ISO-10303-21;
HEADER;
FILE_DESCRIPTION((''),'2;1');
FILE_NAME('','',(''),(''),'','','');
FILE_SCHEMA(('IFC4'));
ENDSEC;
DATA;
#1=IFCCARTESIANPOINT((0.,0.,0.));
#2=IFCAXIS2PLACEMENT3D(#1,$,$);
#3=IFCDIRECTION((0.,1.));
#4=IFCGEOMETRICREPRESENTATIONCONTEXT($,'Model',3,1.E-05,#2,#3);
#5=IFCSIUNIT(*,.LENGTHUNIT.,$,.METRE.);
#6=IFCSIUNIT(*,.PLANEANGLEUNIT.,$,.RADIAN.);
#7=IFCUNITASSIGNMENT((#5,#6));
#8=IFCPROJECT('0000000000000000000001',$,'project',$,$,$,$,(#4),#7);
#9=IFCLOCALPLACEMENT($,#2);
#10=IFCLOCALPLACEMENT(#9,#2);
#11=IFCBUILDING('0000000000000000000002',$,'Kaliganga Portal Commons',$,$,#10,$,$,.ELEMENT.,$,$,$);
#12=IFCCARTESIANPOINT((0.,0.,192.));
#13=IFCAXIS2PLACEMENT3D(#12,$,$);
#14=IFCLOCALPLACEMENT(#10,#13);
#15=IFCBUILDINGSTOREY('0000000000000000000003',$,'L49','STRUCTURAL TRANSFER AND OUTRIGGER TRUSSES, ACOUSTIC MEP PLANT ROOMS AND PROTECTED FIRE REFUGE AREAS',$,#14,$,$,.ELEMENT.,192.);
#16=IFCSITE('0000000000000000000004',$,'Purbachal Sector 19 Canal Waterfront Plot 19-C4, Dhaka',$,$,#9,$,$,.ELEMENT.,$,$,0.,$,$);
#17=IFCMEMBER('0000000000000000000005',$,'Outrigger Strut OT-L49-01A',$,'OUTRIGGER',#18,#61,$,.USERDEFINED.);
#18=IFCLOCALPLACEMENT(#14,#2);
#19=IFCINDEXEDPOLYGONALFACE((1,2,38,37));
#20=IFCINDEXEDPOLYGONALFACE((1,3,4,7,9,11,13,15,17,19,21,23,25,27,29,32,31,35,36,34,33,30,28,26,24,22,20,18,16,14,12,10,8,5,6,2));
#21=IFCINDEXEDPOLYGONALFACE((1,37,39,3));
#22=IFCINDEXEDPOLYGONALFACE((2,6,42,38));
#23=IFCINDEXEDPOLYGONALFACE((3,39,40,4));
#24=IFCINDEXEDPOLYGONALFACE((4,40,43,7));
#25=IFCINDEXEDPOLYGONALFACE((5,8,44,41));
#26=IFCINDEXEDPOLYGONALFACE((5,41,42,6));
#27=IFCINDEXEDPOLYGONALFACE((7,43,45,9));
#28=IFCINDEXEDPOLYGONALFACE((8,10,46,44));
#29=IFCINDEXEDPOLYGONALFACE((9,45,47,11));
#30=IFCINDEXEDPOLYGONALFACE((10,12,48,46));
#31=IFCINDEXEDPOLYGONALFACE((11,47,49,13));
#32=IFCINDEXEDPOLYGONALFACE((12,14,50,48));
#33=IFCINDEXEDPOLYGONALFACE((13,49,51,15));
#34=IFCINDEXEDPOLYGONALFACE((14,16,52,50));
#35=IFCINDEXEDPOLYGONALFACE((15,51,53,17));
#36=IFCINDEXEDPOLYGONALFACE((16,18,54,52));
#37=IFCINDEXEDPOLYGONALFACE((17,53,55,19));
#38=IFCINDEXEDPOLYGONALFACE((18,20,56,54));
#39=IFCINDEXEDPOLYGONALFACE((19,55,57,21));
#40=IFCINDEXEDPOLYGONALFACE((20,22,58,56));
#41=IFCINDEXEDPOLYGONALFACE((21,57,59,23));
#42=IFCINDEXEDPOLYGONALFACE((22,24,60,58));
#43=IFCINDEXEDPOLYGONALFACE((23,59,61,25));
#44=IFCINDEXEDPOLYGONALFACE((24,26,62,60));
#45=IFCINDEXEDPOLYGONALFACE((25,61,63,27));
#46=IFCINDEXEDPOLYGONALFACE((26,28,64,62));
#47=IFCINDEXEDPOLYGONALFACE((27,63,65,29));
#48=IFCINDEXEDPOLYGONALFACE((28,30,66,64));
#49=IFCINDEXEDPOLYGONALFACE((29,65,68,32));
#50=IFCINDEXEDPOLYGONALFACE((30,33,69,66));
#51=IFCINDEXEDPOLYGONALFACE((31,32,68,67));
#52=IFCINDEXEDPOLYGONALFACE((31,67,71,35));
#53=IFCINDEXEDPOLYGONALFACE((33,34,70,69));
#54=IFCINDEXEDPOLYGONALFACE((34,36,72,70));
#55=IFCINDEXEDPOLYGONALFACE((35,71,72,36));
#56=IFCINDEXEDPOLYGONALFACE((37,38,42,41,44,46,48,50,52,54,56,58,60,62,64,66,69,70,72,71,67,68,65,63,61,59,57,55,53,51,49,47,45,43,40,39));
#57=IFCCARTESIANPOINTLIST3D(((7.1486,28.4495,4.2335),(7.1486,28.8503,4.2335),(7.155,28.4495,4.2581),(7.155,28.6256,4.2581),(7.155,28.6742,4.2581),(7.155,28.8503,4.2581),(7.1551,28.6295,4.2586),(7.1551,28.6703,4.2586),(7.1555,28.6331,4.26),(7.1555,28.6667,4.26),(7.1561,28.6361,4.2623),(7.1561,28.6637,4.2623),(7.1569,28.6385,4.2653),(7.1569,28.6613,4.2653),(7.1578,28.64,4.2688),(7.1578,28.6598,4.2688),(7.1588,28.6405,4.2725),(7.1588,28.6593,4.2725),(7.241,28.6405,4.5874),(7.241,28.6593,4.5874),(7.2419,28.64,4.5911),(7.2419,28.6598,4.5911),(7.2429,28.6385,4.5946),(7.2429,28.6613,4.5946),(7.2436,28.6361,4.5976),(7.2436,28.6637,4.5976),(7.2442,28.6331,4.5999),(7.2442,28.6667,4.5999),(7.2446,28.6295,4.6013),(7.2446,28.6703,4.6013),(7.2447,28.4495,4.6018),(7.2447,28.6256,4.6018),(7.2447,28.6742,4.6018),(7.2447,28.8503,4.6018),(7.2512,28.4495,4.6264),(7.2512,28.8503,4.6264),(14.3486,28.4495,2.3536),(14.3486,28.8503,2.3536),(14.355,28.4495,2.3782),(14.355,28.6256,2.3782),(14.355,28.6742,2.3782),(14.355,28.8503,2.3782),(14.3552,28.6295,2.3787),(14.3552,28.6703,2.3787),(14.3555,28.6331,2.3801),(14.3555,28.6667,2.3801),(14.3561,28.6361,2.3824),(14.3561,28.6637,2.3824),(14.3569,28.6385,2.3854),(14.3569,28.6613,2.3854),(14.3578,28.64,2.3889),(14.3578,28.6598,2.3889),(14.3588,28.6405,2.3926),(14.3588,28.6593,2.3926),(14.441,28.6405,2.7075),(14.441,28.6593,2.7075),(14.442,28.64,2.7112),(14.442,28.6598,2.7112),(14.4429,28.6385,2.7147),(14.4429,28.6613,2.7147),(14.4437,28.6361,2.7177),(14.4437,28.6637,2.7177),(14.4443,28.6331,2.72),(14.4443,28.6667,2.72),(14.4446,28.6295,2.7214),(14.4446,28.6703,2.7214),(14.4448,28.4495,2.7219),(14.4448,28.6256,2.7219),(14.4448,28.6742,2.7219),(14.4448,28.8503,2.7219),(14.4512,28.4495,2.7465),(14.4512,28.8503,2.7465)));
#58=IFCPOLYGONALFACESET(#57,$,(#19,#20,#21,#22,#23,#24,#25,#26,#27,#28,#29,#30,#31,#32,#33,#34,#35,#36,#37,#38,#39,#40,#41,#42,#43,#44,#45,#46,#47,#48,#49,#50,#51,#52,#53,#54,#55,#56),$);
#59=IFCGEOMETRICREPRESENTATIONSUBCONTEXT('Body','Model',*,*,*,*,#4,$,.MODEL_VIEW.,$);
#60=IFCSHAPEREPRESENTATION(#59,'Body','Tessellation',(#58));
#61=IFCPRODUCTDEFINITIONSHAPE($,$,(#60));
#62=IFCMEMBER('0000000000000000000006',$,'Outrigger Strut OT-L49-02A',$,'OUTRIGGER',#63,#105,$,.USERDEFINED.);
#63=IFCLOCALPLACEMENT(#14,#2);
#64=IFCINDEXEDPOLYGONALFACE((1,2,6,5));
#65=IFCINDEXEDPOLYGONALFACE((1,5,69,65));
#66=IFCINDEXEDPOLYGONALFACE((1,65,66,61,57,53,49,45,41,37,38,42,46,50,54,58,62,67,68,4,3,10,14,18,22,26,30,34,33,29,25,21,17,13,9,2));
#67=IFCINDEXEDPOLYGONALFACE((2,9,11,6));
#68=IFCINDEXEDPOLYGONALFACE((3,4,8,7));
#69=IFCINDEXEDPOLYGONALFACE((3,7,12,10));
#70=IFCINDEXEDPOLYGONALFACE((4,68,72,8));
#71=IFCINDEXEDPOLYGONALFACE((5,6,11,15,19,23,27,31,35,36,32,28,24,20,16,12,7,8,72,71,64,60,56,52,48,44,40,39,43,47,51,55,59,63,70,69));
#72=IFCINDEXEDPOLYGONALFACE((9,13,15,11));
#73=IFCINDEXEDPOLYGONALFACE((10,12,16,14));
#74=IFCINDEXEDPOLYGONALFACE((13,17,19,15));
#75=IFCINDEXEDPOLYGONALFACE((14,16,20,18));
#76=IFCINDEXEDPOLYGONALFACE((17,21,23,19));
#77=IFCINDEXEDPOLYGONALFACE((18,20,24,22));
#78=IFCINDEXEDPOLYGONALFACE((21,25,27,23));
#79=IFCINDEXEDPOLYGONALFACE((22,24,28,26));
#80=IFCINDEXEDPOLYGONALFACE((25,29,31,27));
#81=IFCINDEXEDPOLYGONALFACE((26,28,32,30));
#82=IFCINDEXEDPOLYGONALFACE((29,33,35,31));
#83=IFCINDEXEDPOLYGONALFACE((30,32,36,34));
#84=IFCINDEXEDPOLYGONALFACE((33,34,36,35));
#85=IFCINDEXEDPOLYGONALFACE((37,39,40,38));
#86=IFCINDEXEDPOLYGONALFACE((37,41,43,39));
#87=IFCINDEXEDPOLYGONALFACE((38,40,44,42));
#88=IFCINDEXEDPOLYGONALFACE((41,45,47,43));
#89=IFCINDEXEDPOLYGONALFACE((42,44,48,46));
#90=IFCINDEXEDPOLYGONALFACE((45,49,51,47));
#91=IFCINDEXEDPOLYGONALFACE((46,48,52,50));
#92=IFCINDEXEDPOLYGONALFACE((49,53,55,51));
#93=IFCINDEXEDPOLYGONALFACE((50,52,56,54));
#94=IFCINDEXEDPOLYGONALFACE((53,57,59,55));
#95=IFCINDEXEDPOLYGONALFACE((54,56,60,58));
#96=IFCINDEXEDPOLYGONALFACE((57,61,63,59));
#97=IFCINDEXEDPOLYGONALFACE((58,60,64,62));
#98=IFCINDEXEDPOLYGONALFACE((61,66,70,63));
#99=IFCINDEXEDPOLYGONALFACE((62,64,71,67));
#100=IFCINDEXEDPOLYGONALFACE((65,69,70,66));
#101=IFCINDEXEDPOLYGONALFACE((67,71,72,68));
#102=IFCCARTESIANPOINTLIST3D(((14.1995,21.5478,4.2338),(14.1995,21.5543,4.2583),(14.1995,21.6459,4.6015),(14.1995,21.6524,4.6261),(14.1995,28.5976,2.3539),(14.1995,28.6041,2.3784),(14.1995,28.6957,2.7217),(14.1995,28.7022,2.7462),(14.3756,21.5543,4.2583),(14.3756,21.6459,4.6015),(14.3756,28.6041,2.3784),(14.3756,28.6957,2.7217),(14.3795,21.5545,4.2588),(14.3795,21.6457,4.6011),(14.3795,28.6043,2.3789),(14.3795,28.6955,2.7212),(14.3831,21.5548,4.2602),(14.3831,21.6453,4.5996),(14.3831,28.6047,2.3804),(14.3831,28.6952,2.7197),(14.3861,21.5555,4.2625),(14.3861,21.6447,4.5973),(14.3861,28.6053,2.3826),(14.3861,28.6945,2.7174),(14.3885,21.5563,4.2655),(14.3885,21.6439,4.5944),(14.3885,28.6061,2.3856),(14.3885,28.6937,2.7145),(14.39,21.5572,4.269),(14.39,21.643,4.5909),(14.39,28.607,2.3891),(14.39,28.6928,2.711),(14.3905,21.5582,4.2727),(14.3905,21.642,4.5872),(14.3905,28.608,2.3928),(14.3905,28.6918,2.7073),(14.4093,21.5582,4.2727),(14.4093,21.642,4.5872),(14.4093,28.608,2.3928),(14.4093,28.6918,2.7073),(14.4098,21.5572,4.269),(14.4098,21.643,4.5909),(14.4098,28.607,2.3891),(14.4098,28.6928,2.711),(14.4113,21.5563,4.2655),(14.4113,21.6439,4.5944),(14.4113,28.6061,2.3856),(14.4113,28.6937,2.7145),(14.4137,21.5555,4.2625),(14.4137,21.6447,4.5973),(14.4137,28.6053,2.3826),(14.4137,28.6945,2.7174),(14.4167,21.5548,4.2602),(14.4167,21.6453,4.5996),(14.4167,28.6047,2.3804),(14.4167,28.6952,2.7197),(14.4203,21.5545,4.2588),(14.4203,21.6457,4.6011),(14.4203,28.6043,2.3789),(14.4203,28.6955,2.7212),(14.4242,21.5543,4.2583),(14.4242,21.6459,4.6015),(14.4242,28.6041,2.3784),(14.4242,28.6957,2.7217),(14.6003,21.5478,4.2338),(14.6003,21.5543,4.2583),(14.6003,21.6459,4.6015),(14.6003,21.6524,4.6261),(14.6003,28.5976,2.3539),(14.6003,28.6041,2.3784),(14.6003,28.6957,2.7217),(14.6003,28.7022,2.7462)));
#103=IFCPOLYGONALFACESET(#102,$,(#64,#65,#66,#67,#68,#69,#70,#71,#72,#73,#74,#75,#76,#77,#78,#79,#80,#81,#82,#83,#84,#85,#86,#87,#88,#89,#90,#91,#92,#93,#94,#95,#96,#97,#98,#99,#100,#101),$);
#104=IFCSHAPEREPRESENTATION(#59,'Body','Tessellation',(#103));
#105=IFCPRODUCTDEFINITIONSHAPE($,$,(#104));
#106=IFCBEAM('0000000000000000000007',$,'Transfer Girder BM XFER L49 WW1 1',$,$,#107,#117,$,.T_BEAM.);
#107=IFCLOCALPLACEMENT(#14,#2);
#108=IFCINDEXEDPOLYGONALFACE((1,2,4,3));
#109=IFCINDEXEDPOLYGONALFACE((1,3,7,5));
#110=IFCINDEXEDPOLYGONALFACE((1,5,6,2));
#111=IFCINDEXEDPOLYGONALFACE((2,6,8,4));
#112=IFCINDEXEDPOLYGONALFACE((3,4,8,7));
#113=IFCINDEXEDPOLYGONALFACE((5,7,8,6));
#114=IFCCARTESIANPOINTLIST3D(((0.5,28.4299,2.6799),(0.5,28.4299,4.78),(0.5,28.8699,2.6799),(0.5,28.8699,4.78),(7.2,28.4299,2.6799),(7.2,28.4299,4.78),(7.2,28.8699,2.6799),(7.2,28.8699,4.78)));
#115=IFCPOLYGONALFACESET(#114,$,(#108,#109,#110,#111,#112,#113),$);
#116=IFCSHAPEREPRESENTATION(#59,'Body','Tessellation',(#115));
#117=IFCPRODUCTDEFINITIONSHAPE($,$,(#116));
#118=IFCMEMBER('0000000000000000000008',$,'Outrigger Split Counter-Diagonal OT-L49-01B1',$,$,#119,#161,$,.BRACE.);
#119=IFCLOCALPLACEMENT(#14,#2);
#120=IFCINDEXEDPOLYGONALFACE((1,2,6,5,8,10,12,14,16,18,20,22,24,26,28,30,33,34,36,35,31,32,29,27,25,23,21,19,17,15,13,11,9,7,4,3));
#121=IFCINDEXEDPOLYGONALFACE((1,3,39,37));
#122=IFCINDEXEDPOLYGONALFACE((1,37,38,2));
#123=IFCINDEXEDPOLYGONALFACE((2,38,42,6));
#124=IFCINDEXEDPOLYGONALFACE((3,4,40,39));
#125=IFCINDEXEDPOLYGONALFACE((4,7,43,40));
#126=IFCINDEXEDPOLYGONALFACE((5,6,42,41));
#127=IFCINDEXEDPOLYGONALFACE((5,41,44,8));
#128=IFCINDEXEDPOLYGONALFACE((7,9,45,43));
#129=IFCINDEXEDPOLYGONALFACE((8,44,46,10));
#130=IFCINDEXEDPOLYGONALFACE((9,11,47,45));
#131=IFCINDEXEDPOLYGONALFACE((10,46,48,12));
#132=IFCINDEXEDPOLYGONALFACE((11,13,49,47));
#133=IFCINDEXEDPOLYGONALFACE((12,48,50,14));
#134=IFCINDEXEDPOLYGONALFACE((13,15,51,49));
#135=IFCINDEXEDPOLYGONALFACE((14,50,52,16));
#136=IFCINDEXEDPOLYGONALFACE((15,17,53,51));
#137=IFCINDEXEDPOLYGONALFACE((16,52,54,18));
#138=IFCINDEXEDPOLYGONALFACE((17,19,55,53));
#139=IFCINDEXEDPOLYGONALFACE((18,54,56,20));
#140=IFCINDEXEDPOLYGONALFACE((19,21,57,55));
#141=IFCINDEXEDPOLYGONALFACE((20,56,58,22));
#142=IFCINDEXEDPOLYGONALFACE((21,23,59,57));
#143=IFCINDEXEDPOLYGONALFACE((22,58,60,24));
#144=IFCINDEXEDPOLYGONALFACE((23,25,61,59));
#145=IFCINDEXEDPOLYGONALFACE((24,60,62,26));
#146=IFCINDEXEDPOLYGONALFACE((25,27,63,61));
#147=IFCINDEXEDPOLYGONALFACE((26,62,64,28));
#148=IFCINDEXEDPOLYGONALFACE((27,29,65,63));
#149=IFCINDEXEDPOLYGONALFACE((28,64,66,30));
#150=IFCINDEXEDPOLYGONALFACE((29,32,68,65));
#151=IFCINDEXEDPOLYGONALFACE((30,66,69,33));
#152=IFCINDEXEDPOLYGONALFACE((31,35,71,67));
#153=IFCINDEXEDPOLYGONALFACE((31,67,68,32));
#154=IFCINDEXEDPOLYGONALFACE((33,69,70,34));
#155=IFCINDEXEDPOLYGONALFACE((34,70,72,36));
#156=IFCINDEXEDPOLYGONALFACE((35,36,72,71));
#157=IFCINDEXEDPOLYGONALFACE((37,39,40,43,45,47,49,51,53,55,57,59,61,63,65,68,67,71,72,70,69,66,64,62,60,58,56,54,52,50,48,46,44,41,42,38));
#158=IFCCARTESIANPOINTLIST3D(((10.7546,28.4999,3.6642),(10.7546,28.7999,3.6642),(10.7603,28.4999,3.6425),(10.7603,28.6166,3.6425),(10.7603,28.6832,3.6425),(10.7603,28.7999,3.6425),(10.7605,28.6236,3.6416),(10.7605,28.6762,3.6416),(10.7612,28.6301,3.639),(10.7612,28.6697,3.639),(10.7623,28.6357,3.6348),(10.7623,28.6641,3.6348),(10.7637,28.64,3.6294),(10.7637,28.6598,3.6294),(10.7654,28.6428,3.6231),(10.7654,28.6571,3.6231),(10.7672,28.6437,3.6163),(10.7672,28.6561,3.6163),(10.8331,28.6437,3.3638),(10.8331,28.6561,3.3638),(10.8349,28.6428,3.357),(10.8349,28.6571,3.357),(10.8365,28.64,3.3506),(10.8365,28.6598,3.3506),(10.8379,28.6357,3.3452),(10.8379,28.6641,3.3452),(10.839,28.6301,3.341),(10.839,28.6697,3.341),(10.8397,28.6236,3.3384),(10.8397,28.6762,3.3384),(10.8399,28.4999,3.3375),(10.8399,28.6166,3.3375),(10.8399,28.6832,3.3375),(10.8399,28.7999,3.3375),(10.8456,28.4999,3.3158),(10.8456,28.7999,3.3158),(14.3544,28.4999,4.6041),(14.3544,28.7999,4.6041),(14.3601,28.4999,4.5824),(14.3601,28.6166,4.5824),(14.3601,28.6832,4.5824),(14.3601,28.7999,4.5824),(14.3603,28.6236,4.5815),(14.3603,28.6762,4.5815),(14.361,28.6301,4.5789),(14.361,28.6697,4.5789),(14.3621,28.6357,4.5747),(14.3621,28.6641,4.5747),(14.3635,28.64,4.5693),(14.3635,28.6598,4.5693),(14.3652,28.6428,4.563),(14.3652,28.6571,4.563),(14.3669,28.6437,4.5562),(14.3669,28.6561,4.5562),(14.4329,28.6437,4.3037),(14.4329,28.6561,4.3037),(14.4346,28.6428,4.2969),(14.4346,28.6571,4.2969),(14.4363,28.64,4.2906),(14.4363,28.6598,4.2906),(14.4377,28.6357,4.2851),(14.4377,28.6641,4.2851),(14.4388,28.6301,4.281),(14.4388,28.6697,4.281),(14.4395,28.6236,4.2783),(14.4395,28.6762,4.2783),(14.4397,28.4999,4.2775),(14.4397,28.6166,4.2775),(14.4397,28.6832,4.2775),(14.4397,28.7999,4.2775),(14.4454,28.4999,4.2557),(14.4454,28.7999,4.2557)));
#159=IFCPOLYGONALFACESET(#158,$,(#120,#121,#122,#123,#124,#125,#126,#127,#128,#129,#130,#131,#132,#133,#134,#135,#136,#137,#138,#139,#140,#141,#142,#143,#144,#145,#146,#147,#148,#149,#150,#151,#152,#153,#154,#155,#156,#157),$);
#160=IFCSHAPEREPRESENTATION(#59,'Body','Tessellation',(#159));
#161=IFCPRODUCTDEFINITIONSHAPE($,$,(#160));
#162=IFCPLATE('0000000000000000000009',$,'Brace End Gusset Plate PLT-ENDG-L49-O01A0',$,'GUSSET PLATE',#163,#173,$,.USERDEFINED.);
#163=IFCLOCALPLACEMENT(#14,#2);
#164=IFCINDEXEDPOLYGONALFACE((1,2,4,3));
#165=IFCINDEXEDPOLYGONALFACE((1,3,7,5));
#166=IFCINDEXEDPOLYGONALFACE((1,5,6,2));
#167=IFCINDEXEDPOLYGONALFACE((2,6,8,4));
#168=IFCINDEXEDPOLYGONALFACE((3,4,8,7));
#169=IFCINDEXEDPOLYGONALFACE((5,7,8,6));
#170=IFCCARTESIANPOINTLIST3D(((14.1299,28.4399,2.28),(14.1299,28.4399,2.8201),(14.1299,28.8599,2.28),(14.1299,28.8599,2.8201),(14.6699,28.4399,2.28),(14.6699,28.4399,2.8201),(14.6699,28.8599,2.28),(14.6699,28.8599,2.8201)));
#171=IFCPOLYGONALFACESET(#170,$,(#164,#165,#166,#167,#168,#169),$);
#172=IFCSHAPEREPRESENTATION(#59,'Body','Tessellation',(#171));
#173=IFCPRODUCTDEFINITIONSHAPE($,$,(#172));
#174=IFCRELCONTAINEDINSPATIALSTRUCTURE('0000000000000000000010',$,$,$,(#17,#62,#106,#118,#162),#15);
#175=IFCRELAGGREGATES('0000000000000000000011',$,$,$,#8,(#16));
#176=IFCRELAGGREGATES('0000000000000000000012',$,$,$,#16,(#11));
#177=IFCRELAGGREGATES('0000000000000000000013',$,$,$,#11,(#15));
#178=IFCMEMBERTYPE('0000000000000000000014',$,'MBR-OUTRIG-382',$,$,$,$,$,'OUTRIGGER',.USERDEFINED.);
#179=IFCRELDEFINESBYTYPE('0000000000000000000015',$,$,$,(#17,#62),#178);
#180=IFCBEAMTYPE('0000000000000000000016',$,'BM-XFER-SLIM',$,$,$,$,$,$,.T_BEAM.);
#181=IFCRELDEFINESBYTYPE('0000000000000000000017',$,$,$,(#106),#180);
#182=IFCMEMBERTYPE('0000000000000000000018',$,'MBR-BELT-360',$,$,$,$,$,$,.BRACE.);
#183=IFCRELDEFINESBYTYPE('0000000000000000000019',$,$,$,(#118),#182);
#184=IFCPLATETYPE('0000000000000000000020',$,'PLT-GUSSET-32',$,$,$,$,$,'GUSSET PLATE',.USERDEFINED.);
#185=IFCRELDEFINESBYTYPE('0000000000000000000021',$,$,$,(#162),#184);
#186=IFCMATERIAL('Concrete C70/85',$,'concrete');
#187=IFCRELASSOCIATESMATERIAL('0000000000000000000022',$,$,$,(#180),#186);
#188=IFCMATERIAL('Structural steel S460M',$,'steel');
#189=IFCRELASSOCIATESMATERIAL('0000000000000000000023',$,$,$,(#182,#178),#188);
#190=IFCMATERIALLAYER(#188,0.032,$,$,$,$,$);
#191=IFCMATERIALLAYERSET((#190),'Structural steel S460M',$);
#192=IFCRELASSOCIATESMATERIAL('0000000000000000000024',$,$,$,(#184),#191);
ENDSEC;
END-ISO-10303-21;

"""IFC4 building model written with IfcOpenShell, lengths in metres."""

from ifc_helpers import new_model, si_unit, direction, frame, origin, origin_2d, place, context, subcontext, project, spatial, rectangle, i_section, extrude, source, transform, mapped, material, layer, layer_set, material_profile, profile_set, type_object, element, save


model = new_model("IFC4")

# Units and contexts
model_context = context("Model", 3, precision=1e-05, world=origin(), true_north=direction((0.0, 1.0)))
body_context = subcontext(model_context, "Body", "Model", "MODEL_VIEW")
ifc_project = project(units=[si_unit("LENGTHUNIT", "METRE"), si_unit("PLANEANGLEUNIT", "RADIAN")], contexts=[model_context])

# Site, building, storey
site_placement = place(None, origin())
site = spatial("IfcSite", under=ifc_project, at=site_placement, Name="Purbachal Sector 19 Canal Waterfront Plot 19-C4, Dhaka", CompositionType="ELEMENT", RefElevation=0.0)
building_placement = place(site_placement, origin())
building = spatial("IfcBuilding", under=site, at=building_placement, Name="Kaliganga Portal Commons", CompositionType="ELEMENT")
storey_placement = place(building_placement, frame((0.0, 0.0, 192.0)))
storey = spatial("IfcBuildingStorey", under=building, at=storey_placement, Name="L49", Description="STRUCTURAL TRANSFER AND OUTRIGGER TRUSSES, ACOUSTIC MEP PLANT ROOMS AND PROTECTED FIRE REFUGE AREAS", CompositionType="ELEMENT", Elevation=192.0)

# Shared definitions
ifc_material_1 = material(Name="Structural steel S460M", Category="steel")

# Shared definitions
ifc_material_2 = material(Name="Concrete C70/85", Category="concrete")
ifc_material_profile_1 = material_profile(ifc_material_2, rectangle(XDim=0.4399, YDim=2.1001, at=origin_2d()), Name="RC 440x2100")
ifc_profile_set_1 = profile_set([ifc_material_profile_1], Name="Concrete C70/85")
beam_type_1 = type_object("IfcBeamType", Name="BM-XFER-SLIM", PredefinedType="T_BEAM", material=ifc_profile_set_1)

# Members
ifc_material_profile_2 = material_profile(ifc_material_1, i_section(OverallWidth=0.3, OverallDepth=0.3601, WebThickness=0.0125, FlangeThickness=0.0225, FilletRadius=0.0271, at=origin_2d()), Name="HE 360 B")
ifc_profile_set_2 = profile_set([ifc_material_profile_2], Name="Structural steel S460M wide-flange")
member_type_1 = type_object("IfcMemberType", Name="MBR-BELT-360", PredefinedType="BRACE", material=ifc_profile_set_2)
ifc_material_profile_3 = material_profile(ifc_material_1, i_section(OverallWidth=0.4009, OverallDepth=0.406, WebThickness=0.0188, FlangeThickness=0.0254, FilletRadius=0.0149, at=origin_2d()), Name="HD 400x314")
ifc_profile_set_3 = profile_set([ifc_material_profile_3], Name="Structural steel S460M wide-flange")
member_type_2 = type_object("IfcMemberType", Name="MBR-OUTRIG-382", ElementType="OUTRIGGER", PredefinedType="USERDEFINED", material=ifc_profile_set_3)
shared_shape_1 = source(origin(), body_context, "Body", "SweptSolid", [
    extrude(i_section(OverallWidth=0.4009, OverallDepth=0.406, WebThickness=0.0188, FlangeThickness=0.0254, FilletRadius=0.0149, at=origin_2d()), origin(), (0.0, 0.0, 1.0), 7.4414),
])
member_1_placement = place(storey_placement, frame((14.3999, 28.6499, 2.55), z_axis=(-0.967564, 0.0, 0.252628), x_axis=(0.0, -1.0, 0.0)))
element("IfcMember", 1, at=member_1_placement, inside=storey, type_object=member_type_2, Name="Outrigger Strut OT-L49-01A", ObjectType="OUTRIGGER", PredefinedType="USERDEFINED", context=body_context, shape_type="MappedRepresentation", body=[
    mapped(shared_shape_1, transform((0.0, 0.0, 0.0), x_axis=(1.0, 0.0, 0.0), y_axis=(0.0, 1.0, 0.0), z_axis=(0.0, 0.0, 1.0), scale=1.0)),
])
shared_shape_2 = source(origin(), body_context, "Body", "SweptSolid", [
    extrude(i_section(OverallWidth=0.4009, OverallDepth=0.406, WebThickness=0.0188, FlangeThickness=0.0254, FilletRadius=0.0149, at=origin_2d()), origin(), (0.0, 0.0, 1.0), 7.2961),
])
member_2_placement = place(storey_placement, frame((14.3999, 28.6499, 2.55), z_axis=(0.0, -0.966237, 0.257654), x_axis=(1.0, 0.0, 0.0)))
element("IfcMember", 2, at=member_2_placement, inside=storey, type_object=member_type_2, Name="Outrigger Strut OT-L49-02A", ObjectType="OUTRIGGER", PredefinedType="USERDEFINED", context=body_context, shape_type="MappedRepresentation", body=[
    mapped(shared_shape_2, transform((0.0, 0.0, 0.0), x_axis=(1.0, 0.0, 0.0), y_axis=(0.0, 1.0, 0.0), z_axis=(0.0, 0.0, 1.0), scale=1.0)),
])

# Beam
shared_shape_3 = source(origin(), body_context, "Body", "SweptSolid", [
    extrude(rectangle(XDim=0.4399, YDim=2.1001, at=origin_2d()), origin(), (0.0, 0.0, 1.0), 6.7),
])
beam_1_placement = place(storey_placement, frame((0.5, 28.6499, 3.73), z_axis=(1.0, 0.0, 0.0), x_axis=(0.0, 1.0, 0.0)))
element("IfcBeam", 3, at=beam_1_placement, inside=storey, type_object=beam_type_1, Name="Transfer Girder BM XFER L49 WW1 1", PredefinedType="T_BEAM", context=body_context, shape_type="MappedRepresentation", body=[
    mapped(shared_shape_3, transform((0.0, 0.0, 0.0), x_axis=(1.0, 0.0, 0.0), y_axis=(0.0, 1.0, 0.0), z_axis=(0.0, 0.0, 1.0), scale=1.0)),
])

# Member
shared_shape_4 = source(origin(), body_context, "Body", "SweptSolid", [
    extrude(i_section(OverallWidth=0.3, OverallDepth=0.3601, WebThickness=0.0125, FlangeThickness=0.0225, FilletRadius=0.0271, at=origin_2d()), origin(), (0.0, 0.0, 1.0), 3.7205),
])
member_3_placement = place(storey_placement, frame((14.3999, 28.6499, 4.4299), z_axis=(-0.967562, 0.0, -0.252636), x_axis=(0.0, -1.0, 0.0)))
element("IfcMember", 4, at=member_3_placement, inside=storey, type_object=member_type_1, Name="Outrigger Split Counter-Diagonal OT-L49-01B1", PredefinedType="BRACE", context=body_context, shape_type="MappedRepresentation", body=[
    mapped(shared_shape_4, transform((0.0, 0.0, 0.0), x_axis=(1.0, 0.0, 0.0), y_axis=(0.0, 1.0, 0.0), z_axis=(0.0, 0.0, 1.0), scale=1.0)),
])

# Plate
ifc_layer_1 = layer(ifc_material_1, 0.032)
ifc_layer_set_1 = layer_set([ifc_layer_1], Name="Structural steel S460M")
plate_type = type_object("IfcPlateType", Name="PLT-GUSSET-32", ElementType="GUSSET PLATE", PredefinedType="USERDEFINED", material=ifc_layer_set_1)
shared_shape_5 = source(origin(), body_context, "Body", "SweptSolid", [
    extrude(rectangle(XDim=0.54, YDim=0.4199, at=origin_2d()), origin(), (0.0, 0.0, 1.0), 0.54),
])
for number, where, z_axis, x_axis, name in (
    (5, (14.3999, 28.6499, 2.28), (0.0, 0.0, 1.0), (-1.0, 0.0, 0.0), "Brace End Gusset Plate PLT-ENDG-L49-O01A0"),
):
    element("IfcPlate", number, at=place(storey_placement, frame(where, z_axis=z_axis, x_axis=x_axis)), inside=storey, type_object=plate_type, Name=name, ObjectType="GUSSET PLATE", PredefinedType="USERDEFINED", context=body_context, shape_type="MappedRepresentation", body=[
        mapped(shared_shape_5, transform((0.0, 0.0, 0.0), x_axis=(1.0, 0.0, 0.0), y_axis=(0.0, 1.0, 0.0), z_axis=(0.0, 0.0, 1.0), scale=1.0)),
    ])

save(model, "model.ifc")
